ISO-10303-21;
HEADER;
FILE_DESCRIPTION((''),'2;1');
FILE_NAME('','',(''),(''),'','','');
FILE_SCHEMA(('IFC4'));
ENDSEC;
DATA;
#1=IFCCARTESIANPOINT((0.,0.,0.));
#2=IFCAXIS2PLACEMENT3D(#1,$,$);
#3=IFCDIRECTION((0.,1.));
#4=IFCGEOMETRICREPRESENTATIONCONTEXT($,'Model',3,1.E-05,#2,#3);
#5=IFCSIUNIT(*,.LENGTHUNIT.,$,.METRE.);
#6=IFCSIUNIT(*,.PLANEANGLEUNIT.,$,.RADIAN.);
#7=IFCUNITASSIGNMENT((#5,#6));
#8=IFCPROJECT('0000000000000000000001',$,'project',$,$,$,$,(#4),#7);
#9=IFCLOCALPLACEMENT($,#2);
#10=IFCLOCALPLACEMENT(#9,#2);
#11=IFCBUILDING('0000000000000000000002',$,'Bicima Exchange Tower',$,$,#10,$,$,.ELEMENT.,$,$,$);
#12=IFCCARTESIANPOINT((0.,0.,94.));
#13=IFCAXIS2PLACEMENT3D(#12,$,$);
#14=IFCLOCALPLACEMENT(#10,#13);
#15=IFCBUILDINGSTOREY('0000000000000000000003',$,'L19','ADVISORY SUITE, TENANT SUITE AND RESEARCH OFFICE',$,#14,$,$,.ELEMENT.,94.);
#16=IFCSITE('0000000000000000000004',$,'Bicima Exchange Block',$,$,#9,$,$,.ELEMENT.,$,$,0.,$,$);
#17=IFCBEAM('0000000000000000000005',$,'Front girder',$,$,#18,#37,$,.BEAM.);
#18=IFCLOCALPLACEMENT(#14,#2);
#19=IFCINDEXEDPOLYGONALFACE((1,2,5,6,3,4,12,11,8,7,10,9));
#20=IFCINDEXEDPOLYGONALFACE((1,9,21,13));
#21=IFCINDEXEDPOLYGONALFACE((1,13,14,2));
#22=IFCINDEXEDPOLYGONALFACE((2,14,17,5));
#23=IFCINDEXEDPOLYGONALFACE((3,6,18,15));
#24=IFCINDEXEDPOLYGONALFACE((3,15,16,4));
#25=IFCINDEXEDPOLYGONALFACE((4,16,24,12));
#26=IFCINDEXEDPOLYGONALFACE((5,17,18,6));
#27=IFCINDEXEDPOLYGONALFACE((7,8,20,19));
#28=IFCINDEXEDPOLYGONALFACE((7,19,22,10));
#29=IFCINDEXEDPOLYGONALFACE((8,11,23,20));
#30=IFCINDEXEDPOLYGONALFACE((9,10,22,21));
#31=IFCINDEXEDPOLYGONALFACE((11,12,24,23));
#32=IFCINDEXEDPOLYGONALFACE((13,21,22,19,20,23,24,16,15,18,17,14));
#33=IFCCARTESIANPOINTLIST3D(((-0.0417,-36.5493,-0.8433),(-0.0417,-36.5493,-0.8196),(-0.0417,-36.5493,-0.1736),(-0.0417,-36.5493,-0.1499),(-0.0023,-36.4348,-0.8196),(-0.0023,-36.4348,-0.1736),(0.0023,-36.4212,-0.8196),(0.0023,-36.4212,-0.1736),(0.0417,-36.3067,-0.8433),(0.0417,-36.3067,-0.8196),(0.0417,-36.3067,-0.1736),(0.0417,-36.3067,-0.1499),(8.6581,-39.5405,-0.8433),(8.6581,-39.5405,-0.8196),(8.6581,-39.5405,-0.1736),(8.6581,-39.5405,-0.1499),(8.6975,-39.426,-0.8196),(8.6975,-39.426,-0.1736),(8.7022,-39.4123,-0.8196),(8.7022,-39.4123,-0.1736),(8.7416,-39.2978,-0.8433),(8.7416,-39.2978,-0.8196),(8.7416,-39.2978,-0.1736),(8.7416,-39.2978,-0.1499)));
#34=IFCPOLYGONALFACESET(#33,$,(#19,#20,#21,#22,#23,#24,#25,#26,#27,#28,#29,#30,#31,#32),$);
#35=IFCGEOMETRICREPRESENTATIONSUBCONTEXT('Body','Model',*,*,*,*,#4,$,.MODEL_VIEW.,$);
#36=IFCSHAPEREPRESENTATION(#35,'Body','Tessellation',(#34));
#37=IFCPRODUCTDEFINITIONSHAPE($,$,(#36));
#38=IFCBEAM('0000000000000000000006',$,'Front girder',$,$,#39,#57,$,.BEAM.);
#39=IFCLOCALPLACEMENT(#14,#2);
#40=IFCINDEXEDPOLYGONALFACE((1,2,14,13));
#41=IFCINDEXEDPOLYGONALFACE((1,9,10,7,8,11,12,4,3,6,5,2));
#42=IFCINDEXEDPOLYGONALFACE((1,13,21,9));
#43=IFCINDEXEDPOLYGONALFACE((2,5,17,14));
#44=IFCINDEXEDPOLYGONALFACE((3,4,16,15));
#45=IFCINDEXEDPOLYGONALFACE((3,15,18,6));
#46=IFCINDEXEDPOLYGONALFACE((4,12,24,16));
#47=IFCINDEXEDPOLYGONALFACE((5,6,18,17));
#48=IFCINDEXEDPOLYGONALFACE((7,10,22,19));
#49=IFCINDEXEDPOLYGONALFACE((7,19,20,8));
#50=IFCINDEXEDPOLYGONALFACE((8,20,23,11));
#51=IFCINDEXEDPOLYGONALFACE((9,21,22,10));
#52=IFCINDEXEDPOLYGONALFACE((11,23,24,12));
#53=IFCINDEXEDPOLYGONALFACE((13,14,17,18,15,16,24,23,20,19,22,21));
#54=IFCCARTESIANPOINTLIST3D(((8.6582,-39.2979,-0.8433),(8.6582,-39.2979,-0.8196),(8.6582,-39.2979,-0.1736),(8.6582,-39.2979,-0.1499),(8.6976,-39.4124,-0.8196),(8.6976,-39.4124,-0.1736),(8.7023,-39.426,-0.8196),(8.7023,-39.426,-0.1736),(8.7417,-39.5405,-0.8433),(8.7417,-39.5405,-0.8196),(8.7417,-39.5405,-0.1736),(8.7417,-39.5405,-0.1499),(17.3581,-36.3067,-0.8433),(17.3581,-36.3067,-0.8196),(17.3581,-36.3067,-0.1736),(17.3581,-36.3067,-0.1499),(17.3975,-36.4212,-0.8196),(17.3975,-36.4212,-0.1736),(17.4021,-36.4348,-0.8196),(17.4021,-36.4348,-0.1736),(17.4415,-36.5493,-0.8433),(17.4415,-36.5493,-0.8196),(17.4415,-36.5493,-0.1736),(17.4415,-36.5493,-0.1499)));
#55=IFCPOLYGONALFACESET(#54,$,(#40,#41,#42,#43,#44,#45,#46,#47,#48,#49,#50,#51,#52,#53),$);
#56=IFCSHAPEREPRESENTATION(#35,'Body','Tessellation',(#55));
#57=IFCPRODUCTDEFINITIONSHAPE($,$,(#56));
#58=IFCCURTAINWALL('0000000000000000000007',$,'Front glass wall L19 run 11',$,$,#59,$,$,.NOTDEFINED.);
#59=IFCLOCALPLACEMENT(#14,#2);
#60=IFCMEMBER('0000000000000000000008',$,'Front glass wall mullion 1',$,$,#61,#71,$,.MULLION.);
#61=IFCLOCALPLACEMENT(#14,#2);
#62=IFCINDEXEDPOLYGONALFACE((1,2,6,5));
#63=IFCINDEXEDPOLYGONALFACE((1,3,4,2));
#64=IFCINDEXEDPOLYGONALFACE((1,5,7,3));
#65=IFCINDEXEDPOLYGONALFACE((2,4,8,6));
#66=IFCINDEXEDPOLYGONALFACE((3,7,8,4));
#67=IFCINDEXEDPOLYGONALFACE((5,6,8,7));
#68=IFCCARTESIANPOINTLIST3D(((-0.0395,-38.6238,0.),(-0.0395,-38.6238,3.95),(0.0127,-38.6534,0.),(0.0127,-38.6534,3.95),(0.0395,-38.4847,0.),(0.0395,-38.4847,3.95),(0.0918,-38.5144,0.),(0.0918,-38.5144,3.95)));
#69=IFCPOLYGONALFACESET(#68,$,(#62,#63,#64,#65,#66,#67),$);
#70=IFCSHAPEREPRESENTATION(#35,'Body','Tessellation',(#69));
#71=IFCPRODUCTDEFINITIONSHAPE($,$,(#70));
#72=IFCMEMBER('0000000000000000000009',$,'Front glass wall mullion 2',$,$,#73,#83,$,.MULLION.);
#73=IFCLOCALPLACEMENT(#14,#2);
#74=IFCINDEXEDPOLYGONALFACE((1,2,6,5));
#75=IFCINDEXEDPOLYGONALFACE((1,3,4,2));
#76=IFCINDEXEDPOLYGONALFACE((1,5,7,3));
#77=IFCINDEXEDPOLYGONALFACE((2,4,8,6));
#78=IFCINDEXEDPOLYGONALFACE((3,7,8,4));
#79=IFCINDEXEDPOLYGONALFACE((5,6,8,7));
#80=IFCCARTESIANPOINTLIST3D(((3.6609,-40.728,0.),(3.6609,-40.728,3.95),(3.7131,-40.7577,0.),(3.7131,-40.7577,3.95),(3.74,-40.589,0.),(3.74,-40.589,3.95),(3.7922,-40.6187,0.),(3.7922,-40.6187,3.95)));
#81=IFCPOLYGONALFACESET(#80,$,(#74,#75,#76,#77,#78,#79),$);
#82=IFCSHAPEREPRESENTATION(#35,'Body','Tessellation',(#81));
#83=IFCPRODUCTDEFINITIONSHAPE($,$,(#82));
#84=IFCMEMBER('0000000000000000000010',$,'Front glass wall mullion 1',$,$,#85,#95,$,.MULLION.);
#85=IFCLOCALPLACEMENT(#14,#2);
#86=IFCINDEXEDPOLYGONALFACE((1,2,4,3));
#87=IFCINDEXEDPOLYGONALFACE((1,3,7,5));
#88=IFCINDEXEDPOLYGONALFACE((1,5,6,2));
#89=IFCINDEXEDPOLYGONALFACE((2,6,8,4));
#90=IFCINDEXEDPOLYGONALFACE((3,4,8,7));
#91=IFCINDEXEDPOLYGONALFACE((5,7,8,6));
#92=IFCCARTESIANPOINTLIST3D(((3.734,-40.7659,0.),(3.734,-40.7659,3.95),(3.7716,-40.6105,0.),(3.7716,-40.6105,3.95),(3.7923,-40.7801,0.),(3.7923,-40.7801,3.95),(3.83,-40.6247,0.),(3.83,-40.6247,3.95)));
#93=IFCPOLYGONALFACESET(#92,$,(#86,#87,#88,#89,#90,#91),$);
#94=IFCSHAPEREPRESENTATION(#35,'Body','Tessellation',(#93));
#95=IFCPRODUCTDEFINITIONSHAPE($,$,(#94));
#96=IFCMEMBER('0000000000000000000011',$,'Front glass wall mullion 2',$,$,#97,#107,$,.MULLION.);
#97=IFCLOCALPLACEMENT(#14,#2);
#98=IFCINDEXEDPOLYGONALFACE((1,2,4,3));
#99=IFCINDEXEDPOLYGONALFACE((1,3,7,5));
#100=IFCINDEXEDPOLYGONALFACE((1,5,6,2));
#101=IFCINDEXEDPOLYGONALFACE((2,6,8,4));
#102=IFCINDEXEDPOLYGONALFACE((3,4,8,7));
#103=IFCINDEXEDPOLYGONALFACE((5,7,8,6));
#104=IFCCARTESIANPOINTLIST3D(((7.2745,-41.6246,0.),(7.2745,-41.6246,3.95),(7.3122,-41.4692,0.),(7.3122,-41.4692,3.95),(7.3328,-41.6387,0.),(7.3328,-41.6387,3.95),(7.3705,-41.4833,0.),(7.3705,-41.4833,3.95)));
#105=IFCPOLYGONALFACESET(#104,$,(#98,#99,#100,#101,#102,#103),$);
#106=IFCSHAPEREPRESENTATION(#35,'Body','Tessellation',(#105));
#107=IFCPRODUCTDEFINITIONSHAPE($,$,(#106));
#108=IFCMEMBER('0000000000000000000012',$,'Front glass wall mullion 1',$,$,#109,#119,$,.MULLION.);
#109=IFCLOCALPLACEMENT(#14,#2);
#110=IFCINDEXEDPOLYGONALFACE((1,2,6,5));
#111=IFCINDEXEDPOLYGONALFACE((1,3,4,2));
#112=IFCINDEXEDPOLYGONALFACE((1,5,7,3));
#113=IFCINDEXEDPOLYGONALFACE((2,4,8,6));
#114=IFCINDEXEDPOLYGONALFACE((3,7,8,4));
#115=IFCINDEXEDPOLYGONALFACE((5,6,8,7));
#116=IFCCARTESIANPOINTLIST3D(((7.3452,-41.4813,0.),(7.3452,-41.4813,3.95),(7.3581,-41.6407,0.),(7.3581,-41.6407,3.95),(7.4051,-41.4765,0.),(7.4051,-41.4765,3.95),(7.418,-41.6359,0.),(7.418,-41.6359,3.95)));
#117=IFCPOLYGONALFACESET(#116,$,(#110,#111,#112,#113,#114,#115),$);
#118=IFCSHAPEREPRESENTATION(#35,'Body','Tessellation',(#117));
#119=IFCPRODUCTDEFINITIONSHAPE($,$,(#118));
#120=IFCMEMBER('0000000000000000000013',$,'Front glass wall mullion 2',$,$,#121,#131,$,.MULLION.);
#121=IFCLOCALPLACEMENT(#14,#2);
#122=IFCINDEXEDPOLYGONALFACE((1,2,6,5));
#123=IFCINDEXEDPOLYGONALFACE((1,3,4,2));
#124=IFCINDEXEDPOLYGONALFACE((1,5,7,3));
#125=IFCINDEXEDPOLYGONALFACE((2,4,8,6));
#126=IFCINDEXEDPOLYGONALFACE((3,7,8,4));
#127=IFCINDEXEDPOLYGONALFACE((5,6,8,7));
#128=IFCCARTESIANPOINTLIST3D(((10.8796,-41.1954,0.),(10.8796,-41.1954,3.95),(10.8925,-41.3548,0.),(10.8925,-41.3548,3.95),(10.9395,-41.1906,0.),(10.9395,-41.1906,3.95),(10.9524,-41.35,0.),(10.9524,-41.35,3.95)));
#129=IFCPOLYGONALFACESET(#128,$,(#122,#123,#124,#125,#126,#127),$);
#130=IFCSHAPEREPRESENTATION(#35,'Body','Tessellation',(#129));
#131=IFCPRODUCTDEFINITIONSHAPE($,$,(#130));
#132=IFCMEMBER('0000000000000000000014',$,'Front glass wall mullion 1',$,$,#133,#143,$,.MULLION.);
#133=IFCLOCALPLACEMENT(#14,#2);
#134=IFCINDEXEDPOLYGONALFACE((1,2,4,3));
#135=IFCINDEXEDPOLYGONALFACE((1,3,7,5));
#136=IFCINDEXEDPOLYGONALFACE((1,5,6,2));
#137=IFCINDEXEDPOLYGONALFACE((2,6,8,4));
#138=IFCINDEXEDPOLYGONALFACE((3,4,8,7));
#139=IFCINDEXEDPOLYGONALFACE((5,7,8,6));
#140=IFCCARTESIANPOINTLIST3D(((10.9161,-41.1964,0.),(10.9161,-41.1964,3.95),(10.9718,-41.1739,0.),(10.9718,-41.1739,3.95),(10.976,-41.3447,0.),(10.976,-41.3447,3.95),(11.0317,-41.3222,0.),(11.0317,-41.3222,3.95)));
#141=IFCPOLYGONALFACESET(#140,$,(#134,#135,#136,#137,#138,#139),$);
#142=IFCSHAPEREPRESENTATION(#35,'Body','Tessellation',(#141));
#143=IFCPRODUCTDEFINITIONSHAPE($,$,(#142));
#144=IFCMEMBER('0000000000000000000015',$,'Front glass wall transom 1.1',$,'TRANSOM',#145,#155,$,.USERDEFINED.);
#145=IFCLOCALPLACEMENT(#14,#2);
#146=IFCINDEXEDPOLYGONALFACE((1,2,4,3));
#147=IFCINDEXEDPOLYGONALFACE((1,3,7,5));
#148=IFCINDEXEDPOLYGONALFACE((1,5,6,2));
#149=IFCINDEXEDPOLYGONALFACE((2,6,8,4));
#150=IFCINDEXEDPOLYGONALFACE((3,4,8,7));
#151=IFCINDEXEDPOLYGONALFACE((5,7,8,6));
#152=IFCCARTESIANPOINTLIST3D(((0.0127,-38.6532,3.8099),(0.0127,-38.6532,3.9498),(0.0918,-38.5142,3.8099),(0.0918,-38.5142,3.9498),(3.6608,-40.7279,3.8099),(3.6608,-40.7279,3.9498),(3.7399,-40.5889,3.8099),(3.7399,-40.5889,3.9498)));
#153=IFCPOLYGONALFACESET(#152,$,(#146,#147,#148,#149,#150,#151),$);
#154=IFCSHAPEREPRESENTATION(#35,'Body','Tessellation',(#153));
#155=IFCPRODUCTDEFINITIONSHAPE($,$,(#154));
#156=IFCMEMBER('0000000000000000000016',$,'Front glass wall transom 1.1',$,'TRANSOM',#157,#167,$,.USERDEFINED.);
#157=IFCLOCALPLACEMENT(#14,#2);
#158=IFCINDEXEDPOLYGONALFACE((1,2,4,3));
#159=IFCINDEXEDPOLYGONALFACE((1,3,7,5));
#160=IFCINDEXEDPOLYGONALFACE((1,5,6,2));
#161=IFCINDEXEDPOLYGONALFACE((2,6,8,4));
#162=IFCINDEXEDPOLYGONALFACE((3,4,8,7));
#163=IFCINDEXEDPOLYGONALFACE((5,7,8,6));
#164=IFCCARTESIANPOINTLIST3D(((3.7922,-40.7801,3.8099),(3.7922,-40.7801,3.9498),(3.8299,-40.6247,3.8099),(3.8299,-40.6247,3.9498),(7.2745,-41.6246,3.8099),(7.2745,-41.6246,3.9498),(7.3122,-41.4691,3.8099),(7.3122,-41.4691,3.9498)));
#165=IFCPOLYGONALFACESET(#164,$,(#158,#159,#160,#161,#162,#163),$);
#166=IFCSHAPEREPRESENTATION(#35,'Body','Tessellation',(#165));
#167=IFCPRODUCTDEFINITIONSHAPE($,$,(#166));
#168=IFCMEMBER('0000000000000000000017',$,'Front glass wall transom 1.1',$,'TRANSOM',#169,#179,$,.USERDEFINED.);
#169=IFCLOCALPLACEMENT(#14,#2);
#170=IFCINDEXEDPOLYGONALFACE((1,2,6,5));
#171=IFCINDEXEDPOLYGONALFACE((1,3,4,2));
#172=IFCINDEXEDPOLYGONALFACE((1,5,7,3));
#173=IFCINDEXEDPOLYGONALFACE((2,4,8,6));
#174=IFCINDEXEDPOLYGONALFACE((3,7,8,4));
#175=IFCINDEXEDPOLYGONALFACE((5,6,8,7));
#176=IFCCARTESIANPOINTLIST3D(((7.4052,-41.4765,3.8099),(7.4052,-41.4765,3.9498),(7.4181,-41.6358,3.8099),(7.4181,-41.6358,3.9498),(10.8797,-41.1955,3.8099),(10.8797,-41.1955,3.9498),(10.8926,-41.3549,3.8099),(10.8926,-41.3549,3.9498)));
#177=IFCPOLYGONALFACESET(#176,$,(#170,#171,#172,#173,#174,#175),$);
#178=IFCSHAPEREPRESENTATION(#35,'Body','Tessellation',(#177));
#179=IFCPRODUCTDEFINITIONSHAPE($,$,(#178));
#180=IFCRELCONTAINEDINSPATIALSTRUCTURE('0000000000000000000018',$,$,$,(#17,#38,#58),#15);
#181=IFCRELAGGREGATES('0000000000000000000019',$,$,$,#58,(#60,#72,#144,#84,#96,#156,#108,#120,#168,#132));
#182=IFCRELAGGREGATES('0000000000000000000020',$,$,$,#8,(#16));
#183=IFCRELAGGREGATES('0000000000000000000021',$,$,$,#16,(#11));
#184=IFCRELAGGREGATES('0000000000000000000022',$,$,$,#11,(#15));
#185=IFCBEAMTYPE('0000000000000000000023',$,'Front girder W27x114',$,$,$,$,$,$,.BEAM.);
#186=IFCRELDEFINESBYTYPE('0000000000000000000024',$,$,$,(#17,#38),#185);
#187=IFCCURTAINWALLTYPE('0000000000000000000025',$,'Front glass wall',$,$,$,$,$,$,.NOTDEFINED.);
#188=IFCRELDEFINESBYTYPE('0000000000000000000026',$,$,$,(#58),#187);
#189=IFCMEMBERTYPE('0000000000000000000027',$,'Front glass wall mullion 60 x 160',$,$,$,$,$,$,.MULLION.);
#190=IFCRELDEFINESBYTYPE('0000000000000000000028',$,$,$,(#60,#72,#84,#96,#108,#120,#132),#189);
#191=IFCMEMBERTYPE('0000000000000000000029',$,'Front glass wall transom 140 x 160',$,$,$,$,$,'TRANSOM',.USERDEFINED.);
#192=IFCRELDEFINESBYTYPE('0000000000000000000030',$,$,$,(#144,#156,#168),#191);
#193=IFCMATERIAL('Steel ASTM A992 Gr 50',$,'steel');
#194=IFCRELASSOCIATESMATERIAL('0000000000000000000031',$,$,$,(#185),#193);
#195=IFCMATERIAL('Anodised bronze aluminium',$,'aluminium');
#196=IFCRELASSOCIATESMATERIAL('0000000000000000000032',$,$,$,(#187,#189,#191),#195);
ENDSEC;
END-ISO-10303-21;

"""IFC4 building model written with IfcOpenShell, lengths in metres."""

from ifc_helpers import new_model, si_unit, direction, frame, origin, origin_2d, place, context, subcontext, project, spatial, rectangle, i_section, extrude, material, material_profile, profile_set, type_object, element, aggregate, save


model = new_model("IFC4")

# Units and contexts
model_context = context("Model", 3, precision=1e-05, world=origin(), true_north=direction((0.0, 1.0)))
body_context = subcontext(model_context, "Body", "Model", "MODEL_VIEW")
ifc_project = project(units=[si_unit("LENGTHUNIT", "METRE"), si_unit("PLANEANGLEUNIT", "RADIAN")], contexts=[model_context])

# Site, building, storey
site_placement = place(None, origin())
site = spatial("IfcSite", under=ifc_project, at=site_placement, Name="Bicima Exchange Block", CompositionType="ELEMENT", RefElevation=0.0)
building_placement = place(site_placement, origin())
building = spatial("IfcBuilding", under=site, at=building_placement, Name="Bicima Exchange Tower", CompositionType="ELEMENT")
storey_placement = place(building_placement, frame((0.0, 0.0, 94.0)))
storey = spatial("IfcBuildingStorey", under=building, at=storey_placement, Name="L19", Description="ADVISORY SUITE, TENANT SUITE AND RESEARCH OFFICE", CompositionType="ELEMENT", Elevation=94.0)

# Shared definitions
ifc_material_1 = material(Name="Steel ASTM A992 Gr 50", Category="steel")

# Beams
ifc_material_profile_1 = material_profile(ifc_material_1, i_section(OverallWidth=0.2566, OverallDepth=0.6934, WebThickness=0.0144, FlangeThickness=0.0237, at=origin_2d()))
ifc_profile_set_1 = profile_set([ifc_material_profile_1], Name="Steel ASTM A992 Gr 50")
beam_type_1 = type_object("IfcBeamType", Name="Front girder W27x114", PredefinedType="BEAM", material=ifc_profile_set_1)
for number, where, z_axis, x_axis, name in (
    (1, (0.0, -36.428, -0.4966), (0.945666, -0.325138, 0.0), (0.325138, 0.945666, 0.0), "Front girder"),
    (2, (8.7, -39.4192, -0.4966), (0.945666, 0.325138, 0.0), (-0.325138, 0.945666, 0.0), "Front girder"),
):
    element("IfcBeam", number, at=place(storey_placement, frame(where, z_axis=z_axis, x_axis=x_axis)), inside=storey, type_object=beam_type_1, Name=name, PredefinedType="BEAM", context=body_context, shape_type="SweptSolid", body=[
        extrude(i_section(OverallWidth=0.2566, OverallDepth=0.6934, WebThickness=0.0144, FlangeThickness=0.0237, at=origin_2d()), origin(), (0.0, 0.0, 1.0), 9.1997),
    ])

# Curtain wall, members
ifc_material_2 = material(Name="Anodised bronze aluminium", Category="aluminium")
curtain_wall_type = type_object("IfcCurtainWallType", Name="Front glass wall", PredefinedType="NOTDEFINED", material=ifc_material_2)
curtain_wall_placement = place(storey_placement, origin())
curtain_wall = element("IfcCurtainWall", 3, at=curtain_wall_placement, inside=storey, type_object=curtain_wall_type, Name="Front glass wall L19 run 11", PredefinedType="NOTDEFINED")
ifc_material_profile_2 = material_profile(ifc_material_2, rectangle(XDim=0.1599, YDim=0.0601, at=origin_2d()))
ifc_profile_set_2 = profile_set([ifc_material_profile_2], Name="Anodised bronze aluminium")
member_type_1 = type_object("IfcMemberType", Name="Front glass wall mullion 60 x 160", PredefinedType="MULLION", material=ifc_profile_set_2)
member_1_placement = place(storey_placement, frame((0.0261, -38.5691, 0.0), z_axis=(0.0, 0.0, 1.0), x_axis=(0.49433, 0.869274, 0.0)))
member_1 = element("IfcMember", 4, at=member_1_placement, type_object=member_type_1, Name="Front glass wall mullion 1", PredefinedType="MULLION", context=body_context, shape_type="SweptSolid", body=[
    extrude(rectangle(XDim=0.1599, YDim=0.0601, at=origin_2d()), origin(), (0.0, 0.0, 1.0), 3.95),
])
member_2_placement = place(storey_placement, frame((3.7266, -40.6733, 0.0), z_axis=(0.0, 0.0, 1.0), x_axis=(0.49433, 0.869274, 0.0)))
member_2 = element("IfcMember", 5, at=member_2_placement, type_object=member_type_1, Name="Front glass wall mullion 2", PredefinedType="MULLION", context=body_context, shape_type="SweptSolid", body=[
    extrude(rectangle(XDim=0.1599, YDim=0.0601, at=origin_2d()), origin(), (0.0, 0.0, 1.0), 3.95),
])
member_3_placement = place(storey_placement, frame((3.782, -40.6953, 0.0), z_axis=(0.0, 0.0, 1.0), x_axis=(0.235682, 0.97183, 0.0)))
member_3 = element("IfcMember", 6, at=member_3_placement, type_object=member_type_1, Name="Front glass wall mullion 1", PredefinedType="MULLION", context=body_context, shape_type="SweptSolid", body=[
    extrude(rectangle(XDim=0.1599, YDim=0.0601, at=origin_2d()), origin(), (0.0, 0.0, 1.0), 3.95),
])
member_4_placement = place(storey_placement, frame((7.3225, -41.554, 0.0), z_axis=(0.0, 0.0, 1.0), x_axis=(0.235682, 0.97183, 0.0)))
member_4 = element("IfcMember", 7, at=member_4_placement, type_object=member_type_1, Name="Front glass wall mullion 2", PredefinedType="MULLION", context=body_context, shape_type="SweptSolid", body=[
    extrude(rectangle(XDim=0.1599, YDim=0.0601, at=origin_2d()), origin(), (0.0, 0.0, 1.0), 3.95),
])
member_5_placement = place(storey_placement, frame((7.3816, -41.5586, 0.0), z_axis=(0.0, 0.0, 1.0), x_axis=(-0.080589, 0.996747, 0.0)))
member_5 = element("IfcMember", 8, at=member_5_placement, type_object=member_type_1, Name="Front glass wall mullion 1", PredefinedType="MULLION", context=body_context, shape_type="SweptSolid", body=[
    extrude(rectangle(XDim=0.1599, YDim=0.0601, at=origin_2d()), origin(), (0.0, 0.0, 1.0), 3.95),
])
member_6_placement = place(storey_placement, frame((10.916, -41.2727, 0.0), z_axis=(0.0, 0.0, 1.0), x_axis=(-0.080589, 0.996747, 0.0)))
member_6 = element("IfcMember", 9, at=member_6_placement, type_object=member_type_1, Name="Front glass wall mullion 2", PredefinedType="MULLION", context=body_context, shape_type="SweptSolid", body=[
    extrude(rectangle(XDim=0.1599, YDim=0.0601, at=origin_2d()), origin(), (0.0, 0.0, 1.0), 3.95),
])
member_7_placement = place(storey_placement, frame((10.9739, -41.2593, 0.0), z_axis=(0.0, 0.0, 1.0), x_axis=(-0.374705, 0.927144, 0.0)))
member_7 = element("IfcMember", 10, at=member_7_placement, type_object=member_type_1, Name="Front glass wall mullion 1", PredefinedType="MULLION", context=body_context, shape_type="SweptSolid", body=[
    extrude(rectangle(XDim=0.1599, YDim=0.0601, at=origin_2d()), origin(), (0.0, 0.0, 1.0), 3.95),
])
ifc_material_profile_3 = material_profile(ifc_material_2, rectangle(XDim=0.1599, YDim=0.1399, at=origin_2d()))
ifc_profile_set_3 = profile_set([ifc_material_profile_3], Name="Anodised bronze aluminium")
member_type_2 = type_object("IfcMemberType", Name="Front glass wall transom 140 x 160", ElementType="TRANSOM", PredefinedType="USERDEFINED", material=ifc_profile_set_3)
member_8_placement = place(storey_placement, frame((0.0522, -38.5837, 3.8799), z_axis=(0.869265, -0.494346, 0.0), x_axis=(0.494346, 0.869265, 0.0)))
member_8 = element("IfcMember", 11, at=member_8_placement, type_object=member_type_2, Name="Front glass wall transom 1.1", ObjectType="TRANSOM", PredefinedType="USERDEFINED", context=body_context, shape_type="SweptSolid", body=[
    extrude(rectangle(XDim=0.1599, YDim=0.1399, at=origin_2d()), origin(), (0.0, 0.0, 1.0), 4.1968),
])
member_9_placement = place(storey_placement, frame((3.811, -40.7024, 3.8799), z_axis=(0.971834, -0.235668, 0.0), x_axis=(0.235668, 0.971834, 0.0)))
member_9 = element("IfcMember", 12, at=member_9_placement, type_object=member_type_2, Name="Front glass wall transom 1.1", ObjectType="TRANSOM", PredefinedType="USERDEFINED", context=body_context, shape_type="SweptSolid", body=[
    extrude(rectangle(XDim=0.1599, YDim=0.1399, at=origin_2d()), origin(), (0.0, 0.0, 1.0), 3.5833),
])
member_10_placement = place(storey_placement, frame((7.4116, -41.5562, 3.8799), z_axis=(0.996746, 0.080611, 0.0), x_axis=(-0.080611, 0.996746, 0.0)))
member_10 = element("IfcMember", 13, at=member_10_placement, type_object=member_type_2, Name="Front glass wall transom 1.1", ObjectType="TRANSOM", PredefinedType="USERDEFINED", context=body_context, shape_type="SweptSolid", body=[
    extrude(rectangle(XDim=0.1599, YDim=0.1399, at=origin_2d()), origin(), (0.0, 0.0, 1.0), 3.4858),
])

aggregate(curtain_wall, [member_1, member_2, member_8, member_3, member_4, member_9, member_5, member_6, member_10, member_7])

save(model, "model.ifc")
